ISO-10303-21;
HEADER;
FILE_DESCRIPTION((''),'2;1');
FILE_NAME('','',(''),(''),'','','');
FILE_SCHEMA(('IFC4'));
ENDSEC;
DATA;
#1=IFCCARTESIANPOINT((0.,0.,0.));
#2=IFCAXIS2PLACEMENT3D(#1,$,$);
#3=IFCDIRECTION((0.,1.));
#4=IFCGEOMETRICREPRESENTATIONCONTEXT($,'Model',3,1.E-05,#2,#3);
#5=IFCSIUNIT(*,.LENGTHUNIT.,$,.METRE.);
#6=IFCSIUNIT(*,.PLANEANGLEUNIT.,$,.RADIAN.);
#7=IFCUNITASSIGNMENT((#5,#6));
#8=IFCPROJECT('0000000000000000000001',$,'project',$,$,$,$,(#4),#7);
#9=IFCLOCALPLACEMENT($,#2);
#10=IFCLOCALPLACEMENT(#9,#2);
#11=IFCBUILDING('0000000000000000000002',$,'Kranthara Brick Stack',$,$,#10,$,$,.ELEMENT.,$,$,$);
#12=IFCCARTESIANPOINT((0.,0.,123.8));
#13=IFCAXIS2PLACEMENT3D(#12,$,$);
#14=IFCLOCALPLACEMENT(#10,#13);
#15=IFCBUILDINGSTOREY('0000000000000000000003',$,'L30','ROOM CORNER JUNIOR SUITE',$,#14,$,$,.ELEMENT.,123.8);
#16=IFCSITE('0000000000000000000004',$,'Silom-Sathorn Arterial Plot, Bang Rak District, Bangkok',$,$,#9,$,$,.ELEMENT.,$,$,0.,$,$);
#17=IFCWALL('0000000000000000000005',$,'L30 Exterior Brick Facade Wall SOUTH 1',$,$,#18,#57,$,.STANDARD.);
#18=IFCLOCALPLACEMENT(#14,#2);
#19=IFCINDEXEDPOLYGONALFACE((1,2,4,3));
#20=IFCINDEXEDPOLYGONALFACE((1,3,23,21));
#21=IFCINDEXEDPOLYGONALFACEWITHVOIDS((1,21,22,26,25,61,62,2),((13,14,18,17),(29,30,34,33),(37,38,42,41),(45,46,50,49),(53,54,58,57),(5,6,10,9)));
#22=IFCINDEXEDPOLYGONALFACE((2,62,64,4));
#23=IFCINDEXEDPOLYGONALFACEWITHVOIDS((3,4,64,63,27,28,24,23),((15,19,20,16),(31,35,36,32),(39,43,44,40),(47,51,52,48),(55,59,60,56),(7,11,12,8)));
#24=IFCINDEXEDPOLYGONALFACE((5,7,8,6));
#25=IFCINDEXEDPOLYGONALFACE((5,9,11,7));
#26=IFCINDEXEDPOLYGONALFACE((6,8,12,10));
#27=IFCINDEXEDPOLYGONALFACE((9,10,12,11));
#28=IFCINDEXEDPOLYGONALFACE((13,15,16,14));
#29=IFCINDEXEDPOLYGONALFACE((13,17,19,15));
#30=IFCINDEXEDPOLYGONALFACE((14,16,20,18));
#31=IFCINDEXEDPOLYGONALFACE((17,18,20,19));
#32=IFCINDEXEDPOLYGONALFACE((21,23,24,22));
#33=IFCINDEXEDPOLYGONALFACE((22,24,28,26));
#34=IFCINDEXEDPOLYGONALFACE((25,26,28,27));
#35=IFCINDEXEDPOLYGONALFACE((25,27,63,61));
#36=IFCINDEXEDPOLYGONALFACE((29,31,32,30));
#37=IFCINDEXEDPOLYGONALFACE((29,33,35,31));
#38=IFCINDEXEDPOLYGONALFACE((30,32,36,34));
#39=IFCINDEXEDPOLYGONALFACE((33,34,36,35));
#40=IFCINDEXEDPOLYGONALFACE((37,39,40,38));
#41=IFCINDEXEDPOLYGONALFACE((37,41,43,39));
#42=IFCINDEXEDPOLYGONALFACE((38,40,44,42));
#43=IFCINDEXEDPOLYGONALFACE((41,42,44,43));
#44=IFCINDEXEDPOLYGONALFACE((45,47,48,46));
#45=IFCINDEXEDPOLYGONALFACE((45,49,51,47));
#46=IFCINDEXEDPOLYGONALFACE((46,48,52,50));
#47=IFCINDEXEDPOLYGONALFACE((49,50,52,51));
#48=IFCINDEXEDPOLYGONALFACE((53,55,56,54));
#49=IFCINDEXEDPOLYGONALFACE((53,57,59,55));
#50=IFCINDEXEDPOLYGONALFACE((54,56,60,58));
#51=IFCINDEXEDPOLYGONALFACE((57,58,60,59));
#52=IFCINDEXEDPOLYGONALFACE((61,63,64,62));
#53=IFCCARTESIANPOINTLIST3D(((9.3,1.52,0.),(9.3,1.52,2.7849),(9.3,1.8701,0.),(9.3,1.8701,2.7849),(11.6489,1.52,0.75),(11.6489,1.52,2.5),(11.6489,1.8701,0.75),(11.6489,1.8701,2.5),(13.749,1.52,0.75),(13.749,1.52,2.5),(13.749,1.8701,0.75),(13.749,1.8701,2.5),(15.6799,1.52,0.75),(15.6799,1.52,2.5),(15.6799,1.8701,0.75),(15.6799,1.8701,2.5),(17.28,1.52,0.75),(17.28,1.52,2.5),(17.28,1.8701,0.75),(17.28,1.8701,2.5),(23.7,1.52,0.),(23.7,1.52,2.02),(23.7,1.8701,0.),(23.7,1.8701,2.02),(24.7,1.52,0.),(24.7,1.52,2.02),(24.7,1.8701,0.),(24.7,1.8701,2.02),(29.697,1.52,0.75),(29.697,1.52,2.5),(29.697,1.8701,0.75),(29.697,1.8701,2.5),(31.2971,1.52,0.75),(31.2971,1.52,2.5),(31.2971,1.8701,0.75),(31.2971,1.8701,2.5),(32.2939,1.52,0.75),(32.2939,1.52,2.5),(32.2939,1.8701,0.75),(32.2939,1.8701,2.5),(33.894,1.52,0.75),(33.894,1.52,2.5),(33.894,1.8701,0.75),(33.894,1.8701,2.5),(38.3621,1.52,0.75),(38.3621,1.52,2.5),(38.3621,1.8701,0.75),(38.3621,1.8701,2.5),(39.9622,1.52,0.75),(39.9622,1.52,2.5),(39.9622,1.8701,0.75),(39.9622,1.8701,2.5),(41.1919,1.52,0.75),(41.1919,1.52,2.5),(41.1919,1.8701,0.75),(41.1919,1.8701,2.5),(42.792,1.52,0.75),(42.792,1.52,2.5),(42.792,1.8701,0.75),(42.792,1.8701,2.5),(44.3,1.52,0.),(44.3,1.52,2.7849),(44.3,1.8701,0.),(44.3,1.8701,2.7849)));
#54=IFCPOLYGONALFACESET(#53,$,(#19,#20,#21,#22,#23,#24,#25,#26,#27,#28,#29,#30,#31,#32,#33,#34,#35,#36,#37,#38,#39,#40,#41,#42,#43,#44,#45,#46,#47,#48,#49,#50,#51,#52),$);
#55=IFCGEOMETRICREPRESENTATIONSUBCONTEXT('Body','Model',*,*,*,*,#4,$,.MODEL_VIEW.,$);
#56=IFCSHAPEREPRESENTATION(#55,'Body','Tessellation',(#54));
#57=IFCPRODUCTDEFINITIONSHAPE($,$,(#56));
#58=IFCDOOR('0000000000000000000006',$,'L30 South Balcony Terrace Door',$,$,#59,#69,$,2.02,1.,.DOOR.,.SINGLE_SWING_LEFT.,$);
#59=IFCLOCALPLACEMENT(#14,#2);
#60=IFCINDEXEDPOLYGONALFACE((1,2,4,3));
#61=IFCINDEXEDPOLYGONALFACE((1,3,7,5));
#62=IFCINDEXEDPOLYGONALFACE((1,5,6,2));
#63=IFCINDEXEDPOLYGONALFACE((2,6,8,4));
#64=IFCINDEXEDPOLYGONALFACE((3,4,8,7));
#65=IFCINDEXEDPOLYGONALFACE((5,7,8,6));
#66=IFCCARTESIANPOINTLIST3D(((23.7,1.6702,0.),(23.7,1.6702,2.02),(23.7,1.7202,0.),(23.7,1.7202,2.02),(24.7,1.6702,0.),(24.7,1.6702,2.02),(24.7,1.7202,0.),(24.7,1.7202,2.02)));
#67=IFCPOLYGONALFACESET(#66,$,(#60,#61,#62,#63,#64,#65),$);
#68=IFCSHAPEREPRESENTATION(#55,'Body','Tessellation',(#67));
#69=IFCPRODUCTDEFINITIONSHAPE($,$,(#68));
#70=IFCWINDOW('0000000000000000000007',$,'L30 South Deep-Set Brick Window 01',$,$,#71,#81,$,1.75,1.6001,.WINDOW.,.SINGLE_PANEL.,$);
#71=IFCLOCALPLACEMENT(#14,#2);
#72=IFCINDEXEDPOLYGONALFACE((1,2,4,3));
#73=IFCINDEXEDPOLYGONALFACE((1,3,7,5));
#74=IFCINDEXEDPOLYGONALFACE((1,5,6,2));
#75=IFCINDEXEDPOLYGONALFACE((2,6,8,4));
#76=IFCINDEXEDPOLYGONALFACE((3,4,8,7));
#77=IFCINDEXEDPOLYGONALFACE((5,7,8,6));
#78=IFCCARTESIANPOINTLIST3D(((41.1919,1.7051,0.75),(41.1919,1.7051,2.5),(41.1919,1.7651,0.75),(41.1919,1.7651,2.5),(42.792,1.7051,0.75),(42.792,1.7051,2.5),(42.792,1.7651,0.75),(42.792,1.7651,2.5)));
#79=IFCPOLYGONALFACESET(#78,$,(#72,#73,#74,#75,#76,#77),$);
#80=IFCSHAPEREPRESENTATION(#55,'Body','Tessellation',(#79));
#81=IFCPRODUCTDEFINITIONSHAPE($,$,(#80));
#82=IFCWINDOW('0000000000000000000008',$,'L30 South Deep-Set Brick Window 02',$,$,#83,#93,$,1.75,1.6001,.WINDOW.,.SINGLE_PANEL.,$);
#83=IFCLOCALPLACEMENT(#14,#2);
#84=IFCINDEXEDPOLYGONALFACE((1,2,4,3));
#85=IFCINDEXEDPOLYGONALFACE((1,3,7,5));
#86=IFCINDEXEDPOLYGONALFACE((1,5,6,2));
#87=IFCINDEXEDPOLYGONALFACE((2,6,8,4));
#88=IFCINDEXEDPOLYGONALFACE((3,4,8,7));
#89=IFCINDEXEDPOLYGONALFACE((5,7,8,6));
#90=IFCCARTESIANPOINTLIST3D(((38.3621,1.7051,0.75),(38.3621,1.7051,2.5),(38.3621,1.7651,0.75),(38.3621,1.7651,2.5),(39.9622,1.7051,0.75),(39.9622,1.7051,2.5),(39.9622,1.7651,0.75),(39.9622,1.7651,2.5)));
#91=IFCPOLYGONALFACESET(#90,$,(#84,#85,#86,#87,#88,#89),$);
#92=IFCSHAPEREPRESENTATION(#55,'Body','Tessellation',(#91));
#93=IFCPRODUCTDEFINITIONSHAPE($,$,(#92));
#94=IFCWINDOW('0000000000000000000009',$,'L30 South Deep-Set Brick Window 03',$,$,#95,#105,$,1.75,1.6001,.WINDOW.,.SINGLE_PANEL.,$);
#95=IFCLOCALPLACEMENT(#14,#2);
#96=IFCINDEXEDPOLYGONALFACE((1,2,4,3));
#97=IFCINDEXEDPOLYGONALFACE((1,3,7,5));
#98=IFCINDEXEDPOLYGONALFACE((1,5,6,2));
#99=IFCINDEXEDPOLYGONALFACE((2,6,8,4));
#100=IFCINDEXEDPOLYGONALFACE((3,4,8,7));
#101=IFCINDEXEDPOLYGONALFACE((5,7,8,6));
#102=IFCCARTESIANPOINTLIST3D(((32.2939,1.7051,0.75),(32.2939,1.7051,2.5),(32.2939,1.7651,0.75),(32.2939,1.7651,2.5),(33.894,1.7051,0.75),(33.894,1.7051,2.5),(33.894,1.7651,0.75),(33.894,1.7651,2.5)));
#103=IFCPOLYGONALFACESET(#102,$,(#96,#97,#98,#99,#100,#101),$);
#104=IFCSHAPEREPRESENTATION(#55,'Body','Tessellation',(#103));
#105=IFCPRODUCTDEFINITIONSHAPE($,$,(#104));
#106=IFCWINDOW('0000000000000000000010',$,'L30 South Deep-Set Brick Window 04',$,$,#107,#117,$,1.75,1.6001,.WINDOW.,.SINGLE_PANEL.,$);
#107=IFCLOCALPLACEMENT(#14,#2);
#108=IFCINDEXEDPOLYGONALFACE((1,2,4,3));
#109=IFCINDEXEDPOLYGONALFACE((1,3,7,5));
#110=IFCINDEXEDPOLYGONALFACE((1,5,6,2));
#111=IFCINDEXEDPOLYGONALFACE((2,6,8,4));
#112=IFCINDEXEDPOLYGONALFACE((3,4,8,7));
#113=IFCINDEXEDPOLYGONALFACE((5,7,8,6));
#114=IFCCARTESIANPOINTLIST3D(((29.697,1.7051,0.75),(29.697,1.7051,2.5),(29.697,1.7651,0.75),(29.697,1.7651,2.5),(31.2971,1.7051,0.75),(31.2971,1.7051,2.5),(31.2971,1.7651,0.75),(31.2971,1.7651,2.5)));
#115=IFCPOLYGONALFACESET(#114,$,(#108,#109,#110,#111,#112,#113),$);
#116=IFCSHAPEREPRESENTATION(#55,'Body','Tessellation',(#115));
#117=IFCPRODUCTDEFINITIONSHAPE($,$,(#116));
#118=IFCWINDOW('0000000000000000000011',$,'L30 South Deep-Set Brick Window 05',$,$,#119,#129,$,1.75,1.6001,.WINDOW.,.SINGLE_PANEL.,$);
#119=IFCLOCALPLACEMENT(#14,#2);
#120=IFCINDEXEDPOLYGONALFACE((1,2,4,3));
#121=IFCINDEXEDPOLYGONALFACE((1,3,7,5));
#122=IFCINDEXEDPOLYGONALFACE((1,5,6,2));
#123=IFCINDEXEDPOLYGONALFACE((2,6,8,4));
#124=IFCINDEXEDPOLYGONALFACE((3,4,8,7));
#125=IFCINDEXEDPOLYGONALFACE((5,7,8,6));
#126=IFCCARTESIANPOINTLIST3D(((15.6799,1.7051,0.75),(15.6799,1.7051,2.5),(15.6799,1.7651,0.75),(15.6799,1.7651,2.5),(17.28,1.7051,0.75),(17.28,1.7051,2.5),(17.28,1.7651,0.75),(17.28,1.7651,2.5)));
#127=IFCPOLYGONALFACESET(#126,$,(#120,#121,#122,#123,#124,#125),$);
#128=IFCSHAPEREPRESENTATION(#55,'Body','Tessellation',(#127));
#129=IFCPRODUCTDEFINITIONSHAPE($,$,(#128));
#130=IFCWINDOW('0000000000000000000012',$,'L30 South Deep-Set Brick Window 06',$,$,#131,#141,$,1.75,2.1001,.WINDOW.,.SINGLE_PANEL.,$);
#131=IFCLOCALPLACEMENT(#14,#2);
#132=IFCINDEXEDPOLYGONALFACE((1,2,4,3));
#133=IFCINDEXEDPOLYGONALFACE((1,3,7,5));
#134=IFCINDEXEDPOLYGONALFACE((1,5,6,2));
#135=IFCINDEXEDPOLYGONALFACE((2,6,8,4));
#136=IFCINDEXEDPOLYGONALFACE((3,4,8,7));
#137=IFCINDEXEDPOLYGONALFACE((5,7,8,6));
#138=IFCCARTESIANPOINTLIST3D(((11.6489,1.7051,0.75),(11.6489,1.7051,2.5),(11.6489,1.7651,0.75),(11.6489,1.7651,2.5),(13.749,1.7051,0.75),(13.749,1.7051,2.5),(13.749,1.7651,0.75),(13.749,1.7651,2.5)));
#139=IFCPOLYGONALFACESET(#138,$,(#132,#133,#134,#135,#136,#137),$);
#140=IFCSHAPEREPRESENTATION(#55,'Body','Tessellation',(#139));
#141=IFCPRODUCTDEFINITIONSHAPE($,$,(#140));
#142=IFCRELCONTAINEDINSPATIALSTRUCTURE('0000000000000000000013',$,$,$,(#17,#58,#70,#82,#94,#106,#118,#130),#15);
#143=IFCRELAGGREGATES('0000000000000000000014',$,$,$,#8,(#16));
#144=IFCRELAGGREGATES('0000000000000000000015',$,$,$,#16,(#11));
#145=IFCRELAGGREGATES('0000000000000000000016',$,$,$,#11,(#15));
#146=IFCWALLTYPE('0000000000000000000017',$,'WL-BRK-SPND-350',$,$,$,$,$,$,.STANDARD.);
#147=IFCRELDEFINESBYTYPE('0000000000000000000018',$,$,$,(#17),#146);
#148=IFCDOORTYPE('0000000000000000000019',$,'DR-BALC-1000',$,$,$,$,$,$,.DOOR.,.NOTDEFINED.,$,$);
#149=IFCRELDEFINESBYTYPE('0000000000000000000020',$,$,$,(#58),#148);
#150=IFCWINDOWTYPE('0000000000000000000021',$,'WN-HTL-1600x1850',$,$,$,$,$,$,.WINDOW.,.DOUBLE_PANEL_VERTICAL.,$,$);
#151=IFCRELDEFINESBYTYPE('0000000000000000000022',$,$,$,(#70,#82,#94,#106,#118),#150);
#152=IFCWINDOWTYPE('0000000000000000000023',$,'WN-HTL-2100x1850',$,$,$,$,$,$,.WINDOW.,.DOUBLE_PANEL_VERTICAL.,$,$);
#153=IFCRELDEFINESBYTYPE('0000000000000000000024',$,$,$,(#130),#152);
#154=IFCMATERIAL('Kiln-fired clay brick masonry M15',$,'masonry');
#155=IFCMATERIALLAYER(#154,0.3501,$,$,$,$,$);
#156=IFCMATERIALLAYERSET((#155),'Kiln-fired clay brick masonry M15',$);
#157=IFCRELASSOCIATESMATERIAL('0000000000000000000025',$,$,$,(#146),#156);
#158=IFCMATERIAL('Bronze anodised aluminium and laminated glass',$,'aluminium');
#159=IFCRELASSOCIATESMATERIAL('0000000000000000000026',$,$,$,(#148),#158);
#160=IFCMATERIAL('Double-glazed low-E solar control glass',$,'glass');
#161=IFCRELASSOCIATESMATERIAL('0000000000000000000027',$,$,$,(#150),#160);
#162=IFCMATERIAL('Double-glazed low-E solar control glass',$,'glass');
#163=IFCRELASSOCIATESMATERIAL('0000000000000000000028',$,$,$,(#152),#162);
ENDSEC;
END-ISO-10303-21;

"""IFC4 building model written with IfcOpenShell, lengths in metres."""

from ifc_helpers import new_model, si_unit, direction, frame, frame_2d, origin, place, context, subcontext, project, spatial, rectangle, extrude, material, layer, layer_set, type_object, element, fill, save


model = new_model("IFC4")

# Units and contexts
model_context = context("Model", 3, precision=1e-05, world=origin(), true_north=direction((0.0, 1.0)))
body_context = subcontext(model_context, "Body", "Model", "MODEL_VIEW")
ifc_project = project(units=[si_unit("LENGTHUNIT", "METRE"), si_unit("PLANEANGLEUNIT", "RADIAN")], contexts=[model_context])

# Site, building, storey
site_placement = place(None, origin())
site = spatial("IfcSite", under=ifc_project, at=site_placement, Name="Silom-Sathorn Arterial Plot, Bang Rak District, Bangkok", CompositionType="ELEMENT", RefElevation=0.0)
building_placement = place(site_placement, origin())
building = spatial("IfcBuilding", under=site, at=building_placement, Name="Kranthara Brick Stack", CompositionType="ELEMENT")
storey_placement = place(building_placement, frame((0.0, 0.0, 123.8)))
storey = spatial("IfcBuildingStorey", under=building, at=storey_placement, Name="L30", Description="ROOM CORNER JUNIOR SUITE", CompositionType="ELEMENT", Elevation=123.8)

# Wall, openings, door, windows
ifc_material_1 = material(Name="Kiln-fired clay brick masonry M15", Category="masonry")
ifc_layer_1 = layer(ifc_material_1, 0.3501)
ifc_layer_set_1 = layer_set([ifc_layer_1], Name="Kiln-fired clay brick masonry M15")
wall_type_1 = type_object("IfcWallType", Name="WL-BRK-SPND-350", PredefinedType="STANDARD", material=ifc_layer_set_1)
wall_1_placement = place(storey_placement, frame((44.3, 1.6951, 0.0), z_axis=(0.0, 0.0, 1.0), x_axis=(-1.0, 0.0, 0.0)))
wall_1 = element("IfcWall", 1, at=wall_1_placement, inside=storey, type_object=wall_type_1, Name="L30 Exterior Brick Facade Wall SOUTH 1", PredefinedType="STANDARD", context=body_context, shape_type="SweptSolid", body=[
    extrude(rectangle(XDim=35.0, YDim=0.3501, at=frame_2d((17.5, 0.0))), origin(), (0.0, 0.0, 1.0), 2.7849),
])
opening_1_placement = place(wall_1_placement, frame((19.6001, 0.0, 0.0)))
opening_1 = element("IfcOpeningElement", 2, at=opening_1_placement, cuts=wall_1, PredefinedType="OPENING", context=body_context, shape_type="SweptSolid", body=[
    extrude(rectangle(XDim=1.0, YDim=2.02, at=frame_2d((0.5, 1.01))), frame((0.0, 0.1851, 0.0), z_axis=(0.0, -1.0, 0.0), x_axis=(1.0, 0.0, 0.0)), (0.0, 0.0, 1.0), 0.3701),
])
opening_2_placement = place(wall_1_placement, frame((1.5081, 0.0, 0.75)))
opening_2 = element("IfcOpeningElement", 3, at=opening_2_placement, cuts=wall_1, PredefinedType="OPENING", context=body_context, shape_type="SweptSolid", body=[
    extrude(rectangle(XDim=1.6001, YDim=1.75, at=frame_2d((0.8, 0.875))), frame((0.0, 0.1851, 0.0), z_axis=(0.0, -1.0, 0.0), x_axis=(1.0, 0.0, 0.0)), (0.0, 0.0, 1.0), 0.3701),
])
opening_3_placement = place(wall_1_placement, frame((4.3379, 0.0, 0.75)))
opening_3 = element("IfcOpeningElement", 4, at=opening_3_placement, cuts=wall_1, PredefinedType="OPENING", context=body_context, shape_type="SweptSolid", body=[
    extrude(rectangle(XDim=1.6001, YDim=1.75, at=frame_2d((0.8, 0.875))), frame((0.0, 0.1851, 0.0), z_axis=(0.0, -1.0, 0.0), x_axis=(1.0, 0.0, 0.0)), (0.0, 0.0, 1.0), 0.3701),
])
opening_4_placement = place(wall_1_placement, frame((10.406, 0.0, 0.75)))
opening_4 = element("IfcOpeningElement", 5, at=opening_4_placement, cuts=wall_1, PredefinedType="OPENING", context=body_context, shape_type="SweptSolid", body=[
    extrude(rectangle(XDim=1.6001, YDim=1.75, at=frame_2d((0.8, 0.875))), frame((0.0, 0.1851, 0.0), z_axis=(0.0, -1.0, 0.0), x_axis=(1.0, 0.0, 0.0)), (0.0, 0.0, 1.0), 0.3701),
])
opening_5_placement = place(wall_1_placement, frame((13.0029, 0.0, 0.75)))
opening_5 = element("IfcOpeningElement", 6, at=opening_5_placement, cuts=wall_1, PredefinedType="OPENING", context=body_context, shape_type="SweptSolid", body=[
    extrude(rectangle(XDim=1.6001, YDim=1.75, at=frame_2d((0.8, 0.875))), frame((0.0, 0.1851, 0.0), z_axis=(0.0, -1.0, 0.0), x_axis=(1.0, 0.0, 0.0)), (0.0, 0.0, 1.0), 0.3701),
])
opening_6_placement = place(wall_1_placement, frame((27.02, 0.0, 0.75)))
opening_6 = element("IfcOpeningElement", 7, at=opening_6_placement, cuts=wall_1, PredefinedType="OPENING", context=body_context, shape_type="SweptSolid", body=[
    extrude(rectangle(XDim=1.6001, YDim=1.75, at=frame_2d((0.8, 0.875))), frame((0.0, 0.1851, 0.0), z_axis=(0.0, -1.0, 0.0), x_axis=(1.0, 0.0, 0.0)), (0.0, 0.0, 1.0), 0.3701),
])
opening_7_placement = place(wall_1_placement, frame((30.551, 0.0, 0.75)))
opening_7 = element("IfcOpeningElement", 8, at=opening_7_placement, cuts=wall_1, PredefinedType="OPENING", context=body_context, shape_type="SweptSolid", body=[
    extrude(rectangle(XDim=2.1001, YDim=1.75, at=frame_2d((1.05, 0.875))), frame((0.0, 0.1851, 0.0), z_axis=(0.0, -1.0, 0.0), x_axis=(1.0, 0.0, 0.0)), (0.0, 0.0, 1.0), 0.3701),
])
ifc_material_2 = material(Name="Bronze anodised aluminium and laminated glass", Category="aluminium")
door_type_1 = type_object("IfcDoorType", Name="DR-BALC-1000", OperationType="NOTDEFINED", PredefinedType="DOOR", material=ifc_material_2)
door_1_placement = place(opening_1_placement, origin())
door_1 = element("IfcDoor", 9, at=door_1_placement, inside=storey, type_object=door_type_1, Name="L30 South Balcony Terrace Door", OperationType="SINGLE_SWING_LEFT", OverallHeight=2.02, OverallWidth=1.0, PredefinedType="DOOR", context=body_context, shape_type="SweptSolid", body=[
    extrude(rectangle(XDim=1.0, YDim=2.02, at=frame_2d((0.5, 1.01))), frame((0.0, 0.0249, 0.0), z_axis=(0.0, -1.0, 0.0), x_axis=(1.0, 0.0, 0.0)), (0.0, 0.0, 1.0), 0.05),
])
fill(opening_1, door_1)
ifc_material_3 = material(Name="Double-glazed low-E solar control glass", Category="glass")
window_type_1 = type_object("IfcWindowType", Name="WN-HTL-1600x1850", PartitioningType="DOUBLE_PANEL_VERTICAL", PredefinedType="WINDOW", material=ifc_material_3)
window_1_placement = place(opening_2_placement, origin())
window_1 = element("IfcWindow", 10, at=window_1_placement, inside=storey, type_object=window_type_1, Name="L30 South Deep-Set Brick Window 01", OverallHeight=1.75, OverallWidth=1.6001, PartitioningType="SINGLE_PANEL", PredefinedType="WINDOW", context=body_context, shape_type="SweptSolid", body=[
    extrude(rectangle(XDim=1.6001, YDim=1.75, at=frame_2d((0.8, 0.875))), frame((0.0, -0.01, 0.0), z_axis=(0.0, -1.0, 0.0), x_axis=(1.0, 0.0, 0.0)), (0.0, 0.0, 1.0), 0.0601),
])
fill(opening_2, window_1)
window_2_placement = place(opening_3_placement, origin())
window_2 = element("IfcWindow", 11, at=window_2_placement, inside=storey, type_object=window_type_1, Name="L30 South Deep-Set Brick Window 02", OverallHeight=1.75, OverallWidth=1.6001, PartitioningType="SINGLE_PANEL", PredefinedType="WINDOW", context=body_context, shape_type="SweptSolid", body=[
    extrude(rectangle(XDim=1.6001, YDim=1.75, at=frame_2d((0.8, 0.875))), frame((0.0, -0.01, 0.0), z_axis=(0.0, -1.0, 0.0), x_axis=(1.0, 0.0, 0.0)), (0.0, 0.0, 1.0), 0.0601),
])
fill(opening_3, window_2)
window_3_placement = place(opening_4_placement, origin())
window_3 = element("IfcWindow", 12, at=window_3_placement, inside=storey, type_object=window_type_1, Name="L30 South Deep-Set Brick Window 03", OverallHeight=1.75, OverallWidth=1.6001, PartitioningType="SINGLE_PANEL", PredefinedType="WINDOW", context=body_context, shape_type="SweptSolid", body=[
    extrude(rectangle(XDim=1.6001, YDim=1.75, at=frame_2d((0.8, 0.875))), frame((0.0, -0.01, 0.0), z_axis=(0.0, -1.0, 0.0), x_axis=(1.0, 0.0, 0.0)), (0.0, 0.0, 1.0), 0.0601),
])
fill(opening_4, window_3)
window_4_placement = place(opening_5_placement, origin())
window_4 = element("IfcWindow", 13, at=window_4_placement, inside=storey, type_object=window_type_1, Name="L30 South Deep-Set Brick Window 04", OverallHeight=1.75, OverallWidth=1.6001, PartitioningType="SINGLE_PANEL", PredefinedType="WINDOW", context=body_context, shape_type="SweptSolid", body=[
    extrude(rectangle(XDim=1.6001, YDim=1.75, at=frame_2d((0.8, 0.875))), frame((0.0, -0.01, 0.0), z_axis=(0.0, -1.0, 0.0), x_axis=(1.0, 0.0, 0.0)), (0.0, 0.0, 1.0), 0.0601),
])
fill(opening_5, window_4)
window_5_placement = place(opening_6_placement, origin())
window_5 = element("IfcWindow", 14, at=window_5_placement, inside=storey, type_object=window_type_1, Name="L30 South Deep-Set Brick Window 05", OverallHeight=1.75, OverallWidth=1.6001, PartitioningType="SINGLE_PANEL", PredefinedType="WINDOW", context=body_context, shape_type="SweptSolid", body=[
    extrude(rectangle(XDim=1.6001, YDim=1.75, at=frame_2d((0.8, 0.875))), frame((0.0, -0.01, 0.0), z_axis=(0.0, -1.0, 0.0), x_axis=(1.0, 0.0, 0.0)), (0.0, 0.0, 1.0), 0.0601),
])
fill(opening_6, window_5)
ifc_material_4 = material(Name="Double-glazed low-E solar control glass", Category="glass")
window_type_2 = type_object("IfcWindowType", Name="WN-HTL-2100x1850", PartitioningType="DOUBLE_PANEL_VERTICAL", PredefinedType="WINDOW", material=ifc_material_4)
window_6_placement = place(opening_7_placement, origin())
window_6 = element("IfcWindow", 15, at=window_6_placement, inside=storey, type_object=window_type_2, Name="L30 South Deep-Set Brick Window 06", OverallHeight=1.75, OverallWidth=2.1001, PartitioningType="SINGLE_PANEL", PredefinedType="WINDOW", context=body_context, shape_type="SweptSolid", body=[
    extrude(rectangle(XDim=2.1001, YDim=1.75, at=frame_2d((1.05, 0.875))), frame((0.0, -0.01, 0.0), z_axis=(0.0, -1.0, 0.0), x_axis=(1.0, 0.0, 0.0)), (0.0, 0.0, 1.0), 0.0601),
])
fill(opening_7, window_6)

save(model, "model.ifc")
